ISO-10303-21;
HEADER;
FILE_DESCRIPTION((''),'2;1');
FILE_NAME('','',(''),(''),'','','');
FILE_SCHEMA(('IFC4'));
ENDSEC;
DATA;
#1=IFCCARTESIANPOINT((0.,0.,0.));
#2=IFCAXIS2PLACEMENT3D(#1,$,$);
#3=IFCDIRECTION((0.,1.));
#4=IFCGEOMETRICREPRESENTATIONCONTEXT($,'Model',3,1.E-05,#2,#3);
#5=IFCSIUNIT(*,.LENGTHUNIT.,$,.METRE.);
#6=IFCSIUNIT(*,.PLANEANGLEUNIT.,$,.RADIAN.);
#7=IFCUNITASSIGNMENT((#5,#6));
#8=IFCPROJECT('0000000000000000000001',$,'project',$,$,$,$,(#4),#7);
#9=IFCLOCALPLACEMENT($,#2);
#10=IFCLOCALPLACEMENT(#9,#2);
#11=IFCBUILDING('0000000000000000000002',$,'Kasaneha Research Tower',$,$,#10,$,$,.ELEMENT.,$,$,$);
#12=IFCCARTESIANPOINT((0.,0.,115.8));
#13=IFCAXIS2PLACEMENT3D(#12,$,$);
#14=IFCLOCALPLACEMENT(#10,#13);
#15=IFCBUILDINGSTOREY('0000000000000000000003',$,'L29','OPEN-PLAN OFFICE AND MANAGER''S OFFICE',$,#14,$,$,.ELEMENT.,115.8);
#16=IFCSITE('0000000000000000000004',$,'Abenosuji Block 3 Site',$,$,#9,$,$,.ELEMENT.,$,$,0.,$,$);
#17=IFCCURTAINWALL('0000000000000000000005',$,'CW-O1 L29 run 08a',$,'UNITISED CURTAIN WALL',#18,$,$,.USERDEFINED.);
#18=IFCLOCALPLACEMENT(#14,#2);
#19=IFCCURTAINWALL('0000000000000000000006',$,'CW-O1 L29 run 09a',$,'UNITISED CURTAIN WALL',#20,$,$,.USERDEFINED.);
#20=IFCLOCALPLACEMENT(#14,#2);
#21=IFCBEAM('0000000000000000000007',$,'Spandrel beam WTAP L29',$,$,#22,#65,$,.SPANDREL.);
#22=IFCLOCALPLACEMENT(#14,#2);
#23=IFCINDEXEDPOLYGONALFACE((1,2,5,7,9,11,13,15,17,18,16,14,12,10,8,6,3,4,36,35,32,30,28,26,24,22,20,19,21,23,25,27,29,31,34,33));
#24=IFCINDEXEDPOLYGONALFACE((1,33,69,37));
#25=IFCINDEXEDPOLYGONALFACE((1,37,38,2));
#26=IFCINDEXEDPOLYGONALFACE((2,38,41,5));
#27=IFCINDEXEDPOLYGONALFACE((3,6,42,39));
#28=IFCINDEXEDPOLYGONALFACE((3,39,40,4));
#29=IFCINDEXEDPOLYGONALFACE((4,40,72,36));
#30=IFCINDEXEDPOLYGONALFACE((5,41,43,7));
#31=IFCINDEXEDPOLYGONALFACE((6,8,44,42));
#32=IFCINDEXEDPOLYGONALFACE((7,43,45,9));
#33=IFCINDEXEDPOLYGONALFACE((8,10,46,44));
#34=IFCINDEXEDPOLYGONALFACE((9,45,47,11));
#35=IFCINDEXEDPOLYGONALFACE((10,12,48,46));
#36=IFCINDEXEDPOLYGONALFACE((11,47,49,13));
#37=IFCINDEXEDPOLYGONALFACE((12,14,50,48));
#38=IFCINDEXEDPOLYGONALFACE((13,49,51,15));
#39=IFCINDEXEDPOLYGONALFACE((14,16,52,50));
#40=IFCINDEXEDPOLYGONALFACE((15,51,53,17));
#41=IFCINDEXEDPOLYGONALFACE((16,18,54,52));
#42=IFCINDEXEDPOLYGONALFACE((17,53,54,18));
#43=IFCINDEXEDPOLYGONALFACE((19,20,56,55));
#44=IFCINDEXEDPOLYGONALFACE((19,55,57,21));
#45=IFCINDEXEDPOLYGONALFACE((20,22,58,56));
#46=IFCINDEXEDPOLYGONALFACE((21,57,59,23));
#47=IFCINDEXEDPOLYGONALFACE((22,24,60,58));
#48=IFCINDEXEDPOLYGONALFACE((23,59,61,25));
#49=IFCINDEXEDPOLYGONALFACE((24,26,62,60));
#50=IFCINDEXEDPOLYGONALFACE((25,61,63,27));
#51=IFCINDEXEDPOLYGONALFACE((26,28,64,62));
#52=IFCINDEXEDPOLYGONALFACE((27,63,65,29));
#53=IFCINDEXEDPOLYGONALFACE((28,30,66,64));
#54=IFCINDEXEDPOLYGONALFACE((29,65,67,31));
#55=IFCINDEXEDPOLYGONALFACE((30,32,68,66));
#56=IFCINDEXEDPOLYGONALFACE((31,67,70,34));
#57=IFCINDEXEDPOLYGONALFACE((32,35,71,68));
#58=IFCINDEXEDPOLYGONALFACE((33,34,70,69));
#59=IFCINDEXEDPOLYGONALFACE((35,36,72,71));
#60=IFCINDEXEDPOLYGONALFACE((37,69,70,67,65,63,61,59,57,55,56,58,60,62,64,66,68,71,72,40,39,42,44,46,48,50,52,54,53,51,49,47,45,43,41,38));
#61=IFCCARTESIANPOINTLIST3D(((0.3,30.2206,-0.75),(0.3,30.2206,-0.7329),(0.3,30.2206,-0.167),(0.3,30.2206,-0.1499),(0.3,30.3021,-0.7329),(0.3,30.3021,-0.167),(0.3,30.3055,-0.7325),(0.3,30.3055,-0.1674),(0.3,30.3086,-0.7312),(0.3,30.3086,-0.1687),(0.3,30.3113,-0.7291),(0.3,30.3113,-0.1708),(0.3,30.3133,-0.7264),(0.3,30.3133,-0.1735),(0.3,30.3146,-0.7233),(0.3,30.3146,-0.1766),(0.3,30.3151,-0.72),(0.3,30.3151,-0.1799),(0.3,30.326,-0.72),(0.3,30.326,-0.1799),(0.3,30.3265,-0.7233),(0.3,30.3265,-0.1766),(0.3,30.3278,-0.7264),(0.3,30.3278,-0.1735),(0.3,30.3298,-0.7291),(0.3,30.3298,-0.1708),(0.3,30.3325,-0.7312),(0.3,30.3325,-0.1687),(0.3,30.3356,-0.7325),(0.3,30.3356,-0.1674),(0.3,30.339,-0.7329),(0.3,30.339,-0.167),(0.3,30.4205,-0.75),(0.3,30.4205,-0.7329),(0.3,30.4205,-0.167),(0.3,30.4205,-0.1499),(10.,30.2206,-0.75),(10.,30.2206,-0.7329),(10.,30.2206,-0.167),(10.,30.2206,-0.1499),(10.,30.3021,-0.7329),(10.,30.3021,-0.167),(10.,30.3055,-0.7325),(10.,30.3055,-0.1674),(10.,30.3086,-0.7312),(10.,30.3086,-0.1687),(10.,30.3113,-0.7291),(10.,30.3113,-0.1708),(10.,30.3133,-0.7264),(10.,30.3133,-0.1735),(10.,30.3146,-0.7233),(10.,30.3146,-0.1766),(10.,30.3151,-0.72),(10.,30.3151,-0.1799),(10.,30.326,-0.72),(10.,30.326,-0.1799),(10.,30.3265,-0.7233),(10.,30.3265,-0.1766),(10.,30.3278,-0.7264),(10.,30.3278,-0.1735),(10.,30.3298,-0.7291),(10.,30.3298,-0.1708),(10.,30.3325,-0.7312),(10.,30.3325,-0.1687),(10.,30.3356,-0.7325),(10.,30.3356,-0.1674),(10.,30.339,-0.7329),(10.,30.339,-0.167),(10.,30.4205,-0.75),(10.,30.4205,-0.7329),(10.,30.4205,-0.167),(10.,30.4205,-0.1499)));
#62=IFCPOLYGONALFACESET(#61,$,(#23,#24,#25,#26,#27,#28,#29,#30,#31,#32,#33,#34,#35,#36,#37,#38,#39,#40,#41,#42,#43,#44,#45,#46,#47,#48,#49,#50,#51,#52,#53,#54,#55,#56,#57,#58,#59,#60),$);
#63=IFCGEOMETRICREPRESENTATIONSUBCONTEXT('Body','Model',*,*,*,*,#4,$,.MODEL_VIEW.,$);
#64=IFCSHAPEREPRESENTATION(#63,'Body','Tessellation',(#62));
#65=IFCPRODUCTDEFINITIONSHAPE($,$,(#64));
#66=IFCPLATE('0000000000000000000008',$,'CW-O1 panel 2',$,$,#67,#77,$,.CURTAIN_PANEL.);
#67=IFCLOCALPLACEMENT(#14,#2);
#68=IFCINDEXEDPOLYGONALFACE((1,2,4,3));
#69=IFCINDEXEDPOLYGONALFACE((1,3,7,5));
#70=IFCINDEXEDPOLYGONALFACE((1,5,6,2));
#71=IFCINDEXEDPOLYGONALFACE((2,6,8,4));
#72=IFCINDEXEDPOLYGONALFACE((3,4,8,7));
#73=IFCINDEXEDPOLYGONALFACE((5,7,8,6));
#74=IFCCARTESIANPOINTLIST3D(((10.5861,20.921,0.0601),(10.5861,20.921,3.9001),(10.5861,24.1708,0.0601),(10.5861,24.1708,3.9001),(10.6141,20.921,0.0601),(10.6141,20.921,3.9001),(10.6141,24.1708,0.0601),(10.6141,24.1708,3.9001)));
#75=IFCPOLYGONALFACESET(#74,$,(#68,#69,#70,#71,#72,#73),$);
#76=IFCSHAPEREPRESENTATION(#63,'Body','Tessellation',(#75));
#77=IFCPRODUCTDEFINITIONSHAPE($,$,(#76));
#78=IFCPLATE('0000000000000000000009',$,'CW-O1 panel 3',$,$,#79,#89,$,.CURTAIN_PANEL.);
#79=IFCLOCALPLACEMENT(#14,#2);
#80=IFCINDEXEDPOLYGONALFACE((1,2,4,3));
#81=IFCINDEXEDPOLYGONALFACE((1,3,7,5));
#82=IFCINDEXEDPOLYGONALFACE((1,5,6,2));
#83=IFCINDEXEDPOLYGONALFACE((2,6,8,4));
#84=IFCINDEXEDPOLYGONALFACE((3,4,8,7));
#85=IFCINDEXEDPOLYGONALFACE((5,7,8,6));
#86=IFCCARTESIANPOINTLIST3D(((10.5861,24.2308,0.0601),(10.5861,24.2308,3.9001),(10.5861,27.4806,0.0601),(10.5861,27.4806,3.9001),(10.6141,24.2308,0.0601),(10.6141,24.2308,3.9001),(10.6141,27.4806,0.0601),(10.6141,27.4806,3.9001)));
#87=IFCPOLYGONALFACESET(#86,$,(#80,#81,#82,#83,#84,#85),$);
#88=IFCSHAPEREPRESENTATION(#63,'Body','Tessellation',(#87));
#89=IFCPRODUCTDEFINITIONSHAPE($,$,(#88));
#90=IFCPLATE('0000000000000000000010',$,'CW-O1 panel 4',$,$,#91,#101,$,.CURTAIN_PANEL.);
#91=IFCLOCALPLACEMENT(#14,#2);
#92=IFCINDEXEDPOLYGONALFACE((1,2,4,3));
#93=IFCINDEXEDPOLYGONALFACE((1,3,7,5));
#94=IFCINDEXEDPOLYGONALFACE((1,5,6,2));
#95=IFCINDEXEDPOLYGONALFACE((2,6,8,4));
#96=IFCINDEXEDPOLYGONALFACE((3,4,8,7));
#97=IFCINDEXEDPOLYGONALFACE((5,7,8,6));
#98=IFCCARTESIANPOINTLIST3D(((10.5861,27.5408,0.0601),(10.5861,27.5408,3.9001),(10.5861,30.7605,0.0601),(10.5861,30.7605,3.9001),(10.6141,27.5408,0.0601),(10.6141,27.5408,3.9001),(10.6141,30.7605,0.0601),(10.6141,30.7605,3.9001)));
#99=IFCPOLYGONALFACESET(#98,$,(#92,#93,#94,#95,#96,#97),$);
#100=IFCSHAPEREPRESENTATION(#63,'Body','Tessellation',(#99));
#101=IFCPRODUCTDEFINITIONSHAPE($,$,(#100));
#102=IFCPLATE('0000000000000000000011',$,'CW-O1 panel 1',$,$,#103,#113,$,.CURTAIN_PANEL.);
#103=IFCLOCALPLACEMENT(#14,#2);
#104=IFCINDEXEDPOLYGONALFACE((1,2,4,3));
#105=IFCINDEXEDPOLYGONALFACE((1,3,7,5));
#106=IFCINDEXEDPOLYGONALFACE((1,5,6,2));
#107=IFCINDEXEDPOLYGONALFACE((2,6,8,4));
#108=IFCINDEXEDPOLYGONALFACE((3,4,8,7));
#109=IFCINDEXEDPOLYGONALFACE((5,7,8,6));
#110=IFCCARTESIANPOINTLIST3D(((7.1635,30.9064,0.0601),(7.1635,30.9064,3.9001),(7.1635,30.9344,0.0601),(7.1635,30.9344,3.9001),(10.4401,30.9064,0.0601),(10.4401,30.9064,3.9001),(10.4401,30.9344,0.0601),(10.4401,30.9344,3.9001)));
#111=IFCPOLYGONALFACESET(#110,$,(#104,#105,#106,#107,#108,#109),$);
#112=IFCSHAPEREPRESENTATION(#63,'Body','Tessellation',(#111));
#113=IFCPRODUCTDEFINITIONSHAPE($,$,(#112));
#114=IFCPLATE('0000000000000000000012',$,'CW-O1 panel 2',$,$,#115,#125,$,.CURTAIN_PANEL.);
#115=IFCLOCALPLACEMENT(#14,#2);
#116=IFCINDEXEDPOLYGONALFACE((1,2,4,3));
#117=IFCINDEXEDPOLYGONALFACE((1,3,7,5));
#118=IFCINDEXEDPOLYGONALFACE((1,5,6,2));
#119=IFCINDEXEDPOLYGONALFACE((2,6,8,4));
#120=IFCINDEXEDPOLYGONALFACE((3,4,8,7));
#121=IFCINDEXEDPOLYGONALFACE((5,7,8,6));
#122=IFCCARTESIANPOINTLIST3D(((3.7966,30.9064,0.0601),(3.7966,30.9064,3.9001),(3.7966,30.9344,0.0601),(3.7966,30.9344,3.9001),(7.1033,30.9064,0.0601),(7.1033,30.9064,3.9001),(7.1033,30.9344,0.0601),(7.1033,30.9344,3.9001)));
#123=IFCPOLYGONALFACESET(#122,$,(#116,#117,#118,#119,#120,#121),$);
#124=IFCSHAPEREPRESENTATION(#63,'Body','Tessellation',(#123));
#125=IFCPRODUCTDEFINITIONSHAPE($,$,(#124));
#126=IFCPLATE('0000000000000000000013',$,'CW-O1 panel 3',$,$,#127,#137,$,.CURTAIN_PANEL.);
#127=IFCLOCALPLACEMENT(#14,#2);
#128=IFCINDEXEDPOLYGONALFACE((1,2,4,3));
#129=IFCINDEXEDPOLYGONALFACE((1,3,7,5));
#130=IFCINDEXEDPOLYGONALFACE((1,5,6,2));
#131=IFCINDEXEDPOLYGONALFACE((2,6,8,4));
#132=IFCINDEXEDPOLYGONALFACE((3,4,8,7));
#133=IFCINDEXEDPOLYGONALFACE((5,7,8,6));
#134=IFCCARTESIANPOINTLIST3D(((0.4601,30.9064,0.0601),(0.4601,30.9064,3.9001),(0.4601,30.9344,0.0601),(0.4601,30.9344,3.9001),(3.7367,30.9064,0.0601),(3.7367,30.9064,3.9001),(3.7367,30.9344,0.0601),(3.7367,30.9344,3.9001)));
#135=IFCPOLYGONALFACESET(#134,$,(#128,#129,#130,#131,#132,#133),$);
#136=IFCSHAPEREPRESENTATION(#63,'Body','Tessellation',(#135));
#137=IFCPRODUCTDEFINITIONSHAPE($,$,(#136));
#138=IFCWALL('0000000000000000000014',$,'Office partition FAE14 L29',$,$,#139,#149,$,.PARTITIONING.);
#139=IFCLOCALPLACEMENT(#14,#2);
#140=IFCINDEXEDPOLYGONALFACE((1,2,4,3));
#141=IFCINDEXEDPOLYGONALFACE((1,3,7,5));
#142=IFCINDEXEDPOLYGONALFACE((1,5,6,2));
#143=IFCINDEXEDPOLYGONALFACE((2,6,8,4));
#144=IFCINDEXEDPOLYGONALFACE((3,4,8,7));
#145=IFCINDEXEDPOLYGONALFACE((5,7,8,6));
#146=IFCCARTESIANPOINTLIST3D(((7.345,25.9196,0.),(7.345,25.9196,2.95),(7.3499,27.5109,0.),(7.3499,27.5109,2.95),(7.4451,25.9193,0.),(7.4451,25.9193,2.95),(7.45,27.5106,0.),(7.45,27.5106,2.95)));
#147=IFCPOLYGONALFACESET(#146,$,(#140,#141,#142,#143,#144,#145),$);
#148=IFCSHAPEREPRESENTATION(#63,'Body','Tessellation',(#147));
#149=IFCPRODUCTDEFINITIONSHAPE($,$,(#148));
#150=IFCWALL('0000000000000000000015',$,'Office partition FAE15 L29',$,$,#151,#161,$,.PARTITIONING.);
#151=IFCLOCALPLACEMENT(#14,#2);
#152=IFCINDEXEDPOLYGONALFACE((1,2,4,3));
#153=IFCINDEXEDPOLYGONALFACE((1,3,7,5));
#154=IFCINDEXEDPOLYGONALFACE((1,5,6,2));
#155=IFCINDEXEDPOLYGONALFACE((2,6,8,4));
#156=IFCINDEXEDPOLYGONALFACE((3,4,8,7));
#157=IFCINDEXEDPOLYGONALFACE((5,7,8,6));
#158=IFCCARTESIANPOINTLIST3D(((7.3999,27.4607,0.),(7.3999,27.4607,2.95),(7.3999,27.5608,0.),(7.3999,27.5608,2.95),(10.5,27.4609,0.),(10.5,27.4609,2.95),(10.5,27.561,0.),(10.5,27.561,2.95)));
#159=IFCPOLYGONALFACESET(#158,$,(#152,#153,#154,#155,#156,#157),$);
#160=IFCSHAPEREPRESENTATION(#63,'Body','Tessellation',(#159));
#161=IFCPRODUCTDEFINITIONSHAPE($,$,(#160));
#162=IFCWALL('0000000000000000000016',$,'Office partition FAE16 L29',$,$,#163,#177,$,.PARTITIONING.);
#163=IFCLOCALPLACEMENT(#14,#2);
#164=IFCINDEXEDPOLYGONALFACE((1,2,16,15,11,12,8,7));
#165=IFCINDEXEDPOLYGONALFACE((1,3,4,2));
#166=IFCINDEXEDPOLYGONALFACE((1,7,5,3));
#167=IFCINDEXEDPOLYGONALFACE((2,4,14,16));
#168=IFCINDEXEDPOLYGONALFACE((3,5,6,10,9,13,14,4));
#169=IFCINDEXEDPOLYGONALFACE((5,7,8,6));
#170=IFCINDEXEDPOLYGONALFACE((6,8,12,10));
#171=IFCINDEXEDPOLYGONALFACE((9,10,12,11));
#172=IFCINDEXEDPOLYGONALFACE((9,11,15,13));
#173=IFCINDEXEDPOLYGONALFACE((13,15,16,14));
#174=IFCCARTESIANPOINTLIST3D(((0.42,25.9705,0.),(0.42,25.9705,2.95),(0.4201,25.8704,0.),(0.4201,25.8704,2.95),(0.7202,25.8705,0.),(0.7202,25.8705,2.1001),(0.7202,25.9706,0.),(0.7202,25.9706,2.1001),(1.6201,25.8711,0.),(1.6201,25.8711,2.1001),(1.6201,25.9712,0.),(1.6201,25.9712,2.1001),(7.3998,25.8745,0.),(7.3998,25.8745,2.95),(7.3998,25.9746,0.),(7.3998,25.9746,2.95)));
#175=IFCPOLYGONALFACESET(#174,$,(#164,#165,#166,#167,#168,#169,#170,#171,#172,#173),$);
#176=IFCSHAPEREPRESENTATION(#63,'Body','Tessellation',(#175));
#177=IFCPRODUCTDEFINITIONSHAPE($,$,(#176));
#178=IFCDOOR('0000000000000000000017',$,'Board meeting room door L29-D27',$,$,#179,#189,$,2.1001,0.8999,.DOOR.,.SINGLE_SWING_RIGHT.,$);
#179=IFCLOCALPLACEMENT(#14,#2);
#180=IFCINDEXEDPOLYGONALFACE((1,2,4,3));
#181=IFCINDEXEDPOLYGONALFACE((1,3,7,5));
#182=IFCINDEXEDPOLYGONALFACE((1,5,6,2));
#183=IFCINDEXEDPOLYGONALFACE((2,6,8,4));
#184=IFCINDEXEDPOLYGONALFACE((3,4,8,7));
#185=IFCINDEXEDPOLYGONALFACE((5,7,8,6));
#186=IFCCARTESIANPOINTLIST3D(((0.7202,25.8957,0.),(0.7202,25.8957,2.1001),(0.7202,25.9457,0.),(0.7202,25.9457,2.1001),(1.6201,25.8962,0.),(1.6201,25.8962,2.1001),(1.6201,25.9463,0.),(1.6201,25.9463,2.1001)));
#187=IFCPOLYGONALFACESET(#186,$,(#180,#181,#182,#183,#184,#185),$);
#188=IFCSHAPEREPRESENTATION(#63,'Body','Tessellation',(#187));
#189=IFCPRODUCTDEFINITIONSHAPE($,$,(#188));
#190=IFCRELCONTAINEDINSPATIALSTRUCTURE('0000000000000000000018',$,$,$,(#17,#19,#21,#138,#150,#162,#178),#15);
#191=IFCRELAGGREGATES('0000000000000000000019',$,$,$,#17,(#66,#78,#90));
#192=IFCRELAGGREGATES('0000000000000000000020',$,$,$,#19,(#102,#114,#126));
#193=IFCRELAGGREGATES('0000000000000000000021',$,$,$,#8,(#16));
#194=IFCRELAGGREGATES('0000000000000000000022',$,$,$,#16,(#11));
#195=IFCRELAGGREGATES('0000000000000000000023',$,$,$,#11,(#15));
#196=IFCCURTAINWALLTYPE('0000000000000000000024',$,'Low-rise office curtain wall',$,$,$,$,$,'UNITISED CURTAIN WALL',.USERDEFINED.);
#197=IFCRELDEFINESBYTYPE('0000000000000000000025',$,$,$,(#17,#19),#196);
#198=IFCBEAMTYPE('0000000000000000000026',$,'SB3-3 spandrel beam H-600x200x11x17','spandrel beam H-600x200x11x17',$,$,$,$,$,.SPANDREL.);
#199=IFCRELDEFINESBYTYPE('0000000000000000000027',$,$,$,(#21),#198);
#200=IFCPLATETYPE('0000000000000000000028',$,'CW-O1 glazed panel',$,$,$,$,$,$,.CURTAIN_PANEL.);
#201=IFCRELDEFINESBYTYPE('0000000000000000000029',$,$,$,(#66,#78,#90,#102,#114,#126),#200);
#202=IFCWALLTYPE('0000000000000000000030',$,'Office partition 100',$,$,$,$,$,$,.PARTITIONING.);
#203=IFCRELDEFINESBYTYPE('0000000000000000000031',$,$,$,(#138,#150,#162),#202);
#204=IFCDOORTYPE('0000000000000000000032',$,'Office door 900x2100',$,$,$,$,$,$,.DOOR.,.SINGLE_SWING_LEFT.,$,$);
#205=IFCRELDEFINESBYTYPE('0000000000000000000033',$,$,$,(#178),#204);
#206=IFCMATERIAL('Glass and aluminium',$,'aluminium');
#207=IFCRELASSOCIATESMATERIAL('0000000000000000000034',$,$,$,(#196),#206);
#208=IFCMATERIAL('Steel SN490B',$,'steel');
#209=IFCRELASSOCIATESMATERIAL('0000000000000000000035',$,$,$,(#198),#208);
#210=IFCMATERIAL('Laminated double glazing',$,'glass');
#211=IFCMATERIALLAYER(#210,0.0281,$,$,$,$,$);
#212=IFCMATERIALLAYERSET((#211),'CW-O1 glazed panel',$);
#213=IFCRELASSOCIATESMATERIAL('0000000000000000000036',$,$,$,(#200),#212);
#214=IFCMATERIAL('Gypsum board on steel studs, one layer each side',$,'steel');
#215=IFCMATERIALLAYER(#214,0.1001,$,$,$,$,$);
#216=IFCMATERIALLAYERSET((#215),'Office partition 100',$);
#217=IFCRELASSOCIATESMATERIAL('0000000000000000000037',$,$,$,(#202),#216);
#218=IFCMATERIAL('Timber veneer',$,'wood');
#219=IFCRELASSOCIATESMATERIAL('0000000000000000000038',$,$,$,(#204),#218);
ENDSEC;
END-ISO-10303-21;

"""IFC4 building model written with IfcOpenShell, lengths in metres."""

from ifc_helpers import new_model, si_unit, direction, frame, frame_2d, origin, origin_2d, place, context, subcontext, project, spatial, rectangle, i_section, extrude, material, layer, layer_set, material_profile, profile_set, type_object, element, fill, aggregate, save


model = new_model("IFC4")

# Units and contexts
model_context = context("Model", 3, precision=1e-05, world=origin(), true_north=direction((0.0, 1.0)))
body_context = subcontext(model_context, "Body", "Model", "MODEL_VIEW")
ifc_project = project(units=[si_unit("LENGTHUNIT", "METRE"), si_unit("PLANEANGLEUNIT", "RADIAN")], contexts=[model_context])

# Site, building, storey
site_placement = place(None, origin())
site = spatial("IfcSite", under=ifc_project, at=site_placement, Name="Abenosuji Block 3 Site", CompositionType="ELEMENT", RefElevation=0.0)
building_placement = place(site_placement, origin())
building = spatial("IfcBuilding", under=site, at=building_placement, Name="Kasaneha Research Tower", CompositionType="ELEMENT")
storey_placement = place(building_placement, frame((0.0, 0.0, 115.8)))
storey = spatial("IfcBuildingStorey", under=building, at=storey_placement, Name="L29", Description="OPEN-PLAN OFFICE AND MANAGER'S OFFICE", CompositionType="ELEMENT", Elevation=115.8)

# Curtain walls
ifc_material_1 = material(Name="Glass and aluminium", Category="aluminium")
curtain_wall_type = type_object("IfcCurtainWallType", Name="Low-rise office curtain wall", ElementType="UNITISED CURTAIN WALL", PredefinedType="USERDEFINED", material=ifc_material_1)
curtain_wall_1_placement = place(storey_placement, origin())
curtain_wall_1 = element("IfcCurtainWall", 1, at=curtain_wall_1_placement, inside=storey, type_object=curtain_wall_type, Name="CW-O1 L29 run 08a", ObjectType="UNITISED CURTAIN WALL", PredefinedType="USERDEFINED")
curtain_wall_2_placement = place(storey_placement, origin())
curtain_wall_2 = element("IfcCurtainWall", 2, at=curtain_wall_2_placement, inside=storey, type_object=curtain_wall_type, Name="CW-O1 L29 run 09a", ObjectType="UNITISED CURTAIN WALL", PredefinedType="USERDEFINED")

# Beam
ifc_material_2 = material(Name="Steel SN490B", Category="steel")
ifc_material_profile_1 = material_profile(ifc_material_2, i_section(OverallWidth=0.2, OverallDepth=0.6001, WebThickness=0.011, FlangeThickness=0.0171, FilletRadius=0.0129, at=origin_2d()), Name="H-600x200x11x17")
ifc_profile_set_1 = profile_set([ifc_material_profile_1], Name="Steel SN490B")
beam_type_1 = type_object("IfcBeamType", Name="SB3-3 spandrel beam H-600x200x11x17", Description="spandrel beam H-600x200x11x17", PredefinedType="SPANDREL", material=ifc_profile_set_1)
beam_1_placement = place(storey_placement, frame((10.0, 30.3206, -0.45), z_axis=(-1.0, 0.0, 0.0), x_axis=(0.0, -1.0, 0.0)))
element("IfcBeam", 3, at=beam_1_placement, inside=storey, type_object=beam_type_1, Name="Spandrel beam WTAP L29", PredefinedType="SPANDREL", context=body_context, shape_type="SweptSolid", body=[
    extrude(i_section(OverallWidth=0.2, OverallDepth=0.6001, WebThickness=0.011, FlangeThickness=0.0171, FilletRadius=0.0129, at=origin_2d()), origin(), (0.0, 0.0, 1.0), 9.7),
])

# Plates
ifc_material_3 = material(Name="Laminated double glazing", Category="glass")
ifc_layer_1 = layer(ifc_material_3, 0.0281)
ifc_layer_set_1 = layer_set([ifc_layer_1], Name="CW-O1 glazed panel")
plate_type = type_object("IfcPlateType", Name="CW-O1 glazed panel", PredefinedType="CURTAIN_PANEL", material=ifc_layer_set_1)
plate_1_placement = place(storey_placement, frame((10.6001, 22.5459, 0.0601), z_axis=(0.0, 0.0, 1.0), x_axis=(0.0, 1.0, 0.0)))
plate_1 = element("IfcPlate", 4, at=plate_1_placement, type_object=plate_type, Name="CW-O1 panel 2", PredefinedType="CURTAIN_PANEL", context=body_context, shape_type="SweptSolid", body=[
    extrude(rectangle(XDim=3.2498, YDim=0.0281, at=origin_2d()), origin(), (0.0, 0.0, 1.0), 3.8401),
])
plate_2_placement = place(storey_placement, frame((10.6001, 25.8557, 0.0601), z_axis=(0.0, 0.0, 1.0), x_axis=(0.0, 1.0, 0.0)))
plate_2 = element("IfcPlate", 5, at=plate_2_placement, type_object=plate_type, Name="CW-O1 panel 3", PredefinedType="CURTAIN_PANEL", context=body_context, shape_type="SweptSolid", body=[
    extrude(rectangle(XDim=3.2498, YDim=0.0281, at=origin_2d()), origin(), (0.0, 0.0, 1.0), 3.8401),
])
plate_3_placement = place(storey_placement, frame((10.6001, 29.1506, 0.0601), z_axis=(0.0, 0.0, 1.0), x_axis=(0.0, 1.0, 0.0)))
plate_3 = element("IfcPlate", 6, at=plate_3_placement, type_object=plate_type, Name="CW-O1 panel 4", PredefinedType="CURTAIN_PANEL", context=body_context, shape_type="SweptSolid", body=[
    extrude(rectangle(XDim=3.2197, YDim=0.0281, at=origin_2d()), origin(), (0.0, 0.0, 1.0), 3.8401),
])
aggregate(curtain_wall_1, [plate_1, plate_2, plate_3])
plate_4_placement = place(storey_placement, frame((8.8018, 30.9204, 0.0601), z_axis=(0.0, 0.0, 1.0), x_axis=(-1.0, 0.0, 0.0)))
plate_4 = element("IfcPlate", 7, at=plate_4_placement, type_object=plate_type, Name="CW-O1 panel 1", PredefinedType="CURTAIN_PANEL", context=body_context, shape_type="SweptSolid", body=[
    extrude(rectangle(XDim=3.2766, YDim=0.0281, at=origin_2d()), origin(), (0.0, 0.0, 1.0), 3.8401),
])
plate_5_placement = place(storey_placement, frame((5.45, 30.9204, 0.0601), z_axis=(0.0, 0.0, 1.0), x_axis=(-1.0, 0.0, 0.0)))
plate_5 = element("IfcPlate", 8, at=plate_5_placement, type_object=plate_type, Name="CW-O1 panel 2", PredefinedType="CURTAIN_PANEL", context=body_context, shape_type="SweptSolid", body=[
    extrude(rectangle(XDim=3.3066, YDim=0.0281, at=origin_2d()), origin(), (0.0, 0.0, 1.0), 3.8401),
])
plate_6_placement = place(storey_placement, frame((2.0984, 30.9204, 0.0601), z_axis=(0.0, 0.0, 1.0), x_axis=(-1.0, 0.0, 0.0)))
plate_6 = element("IfcPlate", 9, at=plate_6_placement, type_object=plate_type, Name="CW-O1 panel 3", PredefinedType="CURTAIN_PANEL", context=body_context, shape_type="SweptSolid", body=[
    extrude(rectangle(XDim=3.2766, YDim=0.0281, at=origin_2d()), origin(), (0.0, 0.0, 1.0), 3.8401),
])
aggregate(curtain_wall_2, [plate_4, plate_5, plate_6])

# Walls
ifc_material_4 = material(Name="Gypsum board on steel studs, one layer each side", Category="steel")
ifc_layer_2 = layer(ifc_material_4, 0.1001)
ifc_layer_set_2 = layer_set([ifc_layer_2], Name="Office partition 100")
wall_type = type_object("IfcWallType", Name="Office partition 100", PredefinedType="PARTITIONING", material=ifc_layer_set_2)
wall_1_placement = place(storey_placement, frame((7.3999, 27.5107, 0.0), z_axis=(0.0, 0.0, 1.0), x_axis=(-0.003068, -0.999995, 0.0)))
element("IfcWall", 10, at=wall_1_placement, inside=storey, type_object=wall_type, Name="Office partition FAE14 L29", PredefinedType="PARTITIONING", context=body_context, shape_type="SweptSolid", body=[
    extrude(rectangle(XDim=1.5913, YDim=0.1001, at=frame_2d((0.7957, 0.0))), origin(), (0.0, 0.0, 1.0), 2.95),
])
wall_2_placement = place(storey_placement, frame((10.5, 27.511, 0.0), z_axis=(0.0, 0.0, 1.0), x_axis=(-1.0, -0.000079, 0.0)))
element("IfcWall", 11, at=wall_2_placement, inside=storey, type_object=wall_type, Name="Office partition FAE15 L29", PredefinedType="PARTITIONING", context=body_context, shape_type="SweptSolid", body=[
    extrude(rectangle(XDim=3.1001, YDim=0.1001, at=frame_2d((1.55, 0.0))), origin(), (0.0, 0.0, 1.0), 2.95),
])

# Wall, opening, door
wall_3_placement = place(storey_placement, frame((7.3997, 25.9246, 0.0), z_axis=(0.0, 0.0, 1.0), x_axis=(-1.0, -0.000595, 0.0)))
wall_3 = element("IfcWall", 12, at=wall_3_placement, inside=storey, type_object=wall_type, Name="Office partition FAE16 L29", PredefinedType="PARTITIONING", context=body_context, shape_type="SweptSolid", body=[
    extrude(rectangle(XDim=6.9797, YDim=0.1001, at=frame_2d((3.4897, 0.0))), origin(), (0.0, 0.0, 1.0), 2.95),
])
opening_placement = place(wall_3_placement, frame((5.7795, 0.0, 0.0)))
opening = element("IfcOpeningElement", 13, at=opening_placement, cuts=wall_3, PredefinedType="OPENING", context=body_context, shape_type="SweptSolid", body=[
    extrude(rectangle(XDim=0.8999, YDim=2.1001, at=frame_2d((0.45, 1.05))), frame((0.0, 0.0601, 0.0), z_axis=(0.0, -1.0, 0.0), x_axis=(1.0, 0.0, 0.0)), (0.0, 0.0, 1.0), 0.1201),
])
ifc_material_5 = material(Name="Timber veneer", Category="wood")
door_type = type_object("IfcDoorType", Name="Office door 900x2100", OperationType="SINGLE_SWING_LEFT", PredefinedType="DOOR", material=ifc_material_5)
door_placement = place(opening_placement, origin())
door = element("IfcDoor", 14, at=door_placement, inside=storey, type_object=door_type, Name="Board meeting room door L29-D27", OperationType="SINGLE_SWING_RIGHT", OverallHeight=2.1001, OverallWidth=0.8999, PredefinedType="DOOR", context=body_context, shape_type="SweptSolid", body=[
    extrude(rectangle(XDim=0.8999, YDim=2.1001, at=frame_2d((0.45, 1.05))), frame((0.0, 0.0249, 0.0), z_axis=(0.0, -1.0, 0.0), x_axis=(1.0, 0.0, 0.0)), (0.0, 0.0, 1.0), 0.05),
])
fill(opening, door)

save(model, "model.ifc")
